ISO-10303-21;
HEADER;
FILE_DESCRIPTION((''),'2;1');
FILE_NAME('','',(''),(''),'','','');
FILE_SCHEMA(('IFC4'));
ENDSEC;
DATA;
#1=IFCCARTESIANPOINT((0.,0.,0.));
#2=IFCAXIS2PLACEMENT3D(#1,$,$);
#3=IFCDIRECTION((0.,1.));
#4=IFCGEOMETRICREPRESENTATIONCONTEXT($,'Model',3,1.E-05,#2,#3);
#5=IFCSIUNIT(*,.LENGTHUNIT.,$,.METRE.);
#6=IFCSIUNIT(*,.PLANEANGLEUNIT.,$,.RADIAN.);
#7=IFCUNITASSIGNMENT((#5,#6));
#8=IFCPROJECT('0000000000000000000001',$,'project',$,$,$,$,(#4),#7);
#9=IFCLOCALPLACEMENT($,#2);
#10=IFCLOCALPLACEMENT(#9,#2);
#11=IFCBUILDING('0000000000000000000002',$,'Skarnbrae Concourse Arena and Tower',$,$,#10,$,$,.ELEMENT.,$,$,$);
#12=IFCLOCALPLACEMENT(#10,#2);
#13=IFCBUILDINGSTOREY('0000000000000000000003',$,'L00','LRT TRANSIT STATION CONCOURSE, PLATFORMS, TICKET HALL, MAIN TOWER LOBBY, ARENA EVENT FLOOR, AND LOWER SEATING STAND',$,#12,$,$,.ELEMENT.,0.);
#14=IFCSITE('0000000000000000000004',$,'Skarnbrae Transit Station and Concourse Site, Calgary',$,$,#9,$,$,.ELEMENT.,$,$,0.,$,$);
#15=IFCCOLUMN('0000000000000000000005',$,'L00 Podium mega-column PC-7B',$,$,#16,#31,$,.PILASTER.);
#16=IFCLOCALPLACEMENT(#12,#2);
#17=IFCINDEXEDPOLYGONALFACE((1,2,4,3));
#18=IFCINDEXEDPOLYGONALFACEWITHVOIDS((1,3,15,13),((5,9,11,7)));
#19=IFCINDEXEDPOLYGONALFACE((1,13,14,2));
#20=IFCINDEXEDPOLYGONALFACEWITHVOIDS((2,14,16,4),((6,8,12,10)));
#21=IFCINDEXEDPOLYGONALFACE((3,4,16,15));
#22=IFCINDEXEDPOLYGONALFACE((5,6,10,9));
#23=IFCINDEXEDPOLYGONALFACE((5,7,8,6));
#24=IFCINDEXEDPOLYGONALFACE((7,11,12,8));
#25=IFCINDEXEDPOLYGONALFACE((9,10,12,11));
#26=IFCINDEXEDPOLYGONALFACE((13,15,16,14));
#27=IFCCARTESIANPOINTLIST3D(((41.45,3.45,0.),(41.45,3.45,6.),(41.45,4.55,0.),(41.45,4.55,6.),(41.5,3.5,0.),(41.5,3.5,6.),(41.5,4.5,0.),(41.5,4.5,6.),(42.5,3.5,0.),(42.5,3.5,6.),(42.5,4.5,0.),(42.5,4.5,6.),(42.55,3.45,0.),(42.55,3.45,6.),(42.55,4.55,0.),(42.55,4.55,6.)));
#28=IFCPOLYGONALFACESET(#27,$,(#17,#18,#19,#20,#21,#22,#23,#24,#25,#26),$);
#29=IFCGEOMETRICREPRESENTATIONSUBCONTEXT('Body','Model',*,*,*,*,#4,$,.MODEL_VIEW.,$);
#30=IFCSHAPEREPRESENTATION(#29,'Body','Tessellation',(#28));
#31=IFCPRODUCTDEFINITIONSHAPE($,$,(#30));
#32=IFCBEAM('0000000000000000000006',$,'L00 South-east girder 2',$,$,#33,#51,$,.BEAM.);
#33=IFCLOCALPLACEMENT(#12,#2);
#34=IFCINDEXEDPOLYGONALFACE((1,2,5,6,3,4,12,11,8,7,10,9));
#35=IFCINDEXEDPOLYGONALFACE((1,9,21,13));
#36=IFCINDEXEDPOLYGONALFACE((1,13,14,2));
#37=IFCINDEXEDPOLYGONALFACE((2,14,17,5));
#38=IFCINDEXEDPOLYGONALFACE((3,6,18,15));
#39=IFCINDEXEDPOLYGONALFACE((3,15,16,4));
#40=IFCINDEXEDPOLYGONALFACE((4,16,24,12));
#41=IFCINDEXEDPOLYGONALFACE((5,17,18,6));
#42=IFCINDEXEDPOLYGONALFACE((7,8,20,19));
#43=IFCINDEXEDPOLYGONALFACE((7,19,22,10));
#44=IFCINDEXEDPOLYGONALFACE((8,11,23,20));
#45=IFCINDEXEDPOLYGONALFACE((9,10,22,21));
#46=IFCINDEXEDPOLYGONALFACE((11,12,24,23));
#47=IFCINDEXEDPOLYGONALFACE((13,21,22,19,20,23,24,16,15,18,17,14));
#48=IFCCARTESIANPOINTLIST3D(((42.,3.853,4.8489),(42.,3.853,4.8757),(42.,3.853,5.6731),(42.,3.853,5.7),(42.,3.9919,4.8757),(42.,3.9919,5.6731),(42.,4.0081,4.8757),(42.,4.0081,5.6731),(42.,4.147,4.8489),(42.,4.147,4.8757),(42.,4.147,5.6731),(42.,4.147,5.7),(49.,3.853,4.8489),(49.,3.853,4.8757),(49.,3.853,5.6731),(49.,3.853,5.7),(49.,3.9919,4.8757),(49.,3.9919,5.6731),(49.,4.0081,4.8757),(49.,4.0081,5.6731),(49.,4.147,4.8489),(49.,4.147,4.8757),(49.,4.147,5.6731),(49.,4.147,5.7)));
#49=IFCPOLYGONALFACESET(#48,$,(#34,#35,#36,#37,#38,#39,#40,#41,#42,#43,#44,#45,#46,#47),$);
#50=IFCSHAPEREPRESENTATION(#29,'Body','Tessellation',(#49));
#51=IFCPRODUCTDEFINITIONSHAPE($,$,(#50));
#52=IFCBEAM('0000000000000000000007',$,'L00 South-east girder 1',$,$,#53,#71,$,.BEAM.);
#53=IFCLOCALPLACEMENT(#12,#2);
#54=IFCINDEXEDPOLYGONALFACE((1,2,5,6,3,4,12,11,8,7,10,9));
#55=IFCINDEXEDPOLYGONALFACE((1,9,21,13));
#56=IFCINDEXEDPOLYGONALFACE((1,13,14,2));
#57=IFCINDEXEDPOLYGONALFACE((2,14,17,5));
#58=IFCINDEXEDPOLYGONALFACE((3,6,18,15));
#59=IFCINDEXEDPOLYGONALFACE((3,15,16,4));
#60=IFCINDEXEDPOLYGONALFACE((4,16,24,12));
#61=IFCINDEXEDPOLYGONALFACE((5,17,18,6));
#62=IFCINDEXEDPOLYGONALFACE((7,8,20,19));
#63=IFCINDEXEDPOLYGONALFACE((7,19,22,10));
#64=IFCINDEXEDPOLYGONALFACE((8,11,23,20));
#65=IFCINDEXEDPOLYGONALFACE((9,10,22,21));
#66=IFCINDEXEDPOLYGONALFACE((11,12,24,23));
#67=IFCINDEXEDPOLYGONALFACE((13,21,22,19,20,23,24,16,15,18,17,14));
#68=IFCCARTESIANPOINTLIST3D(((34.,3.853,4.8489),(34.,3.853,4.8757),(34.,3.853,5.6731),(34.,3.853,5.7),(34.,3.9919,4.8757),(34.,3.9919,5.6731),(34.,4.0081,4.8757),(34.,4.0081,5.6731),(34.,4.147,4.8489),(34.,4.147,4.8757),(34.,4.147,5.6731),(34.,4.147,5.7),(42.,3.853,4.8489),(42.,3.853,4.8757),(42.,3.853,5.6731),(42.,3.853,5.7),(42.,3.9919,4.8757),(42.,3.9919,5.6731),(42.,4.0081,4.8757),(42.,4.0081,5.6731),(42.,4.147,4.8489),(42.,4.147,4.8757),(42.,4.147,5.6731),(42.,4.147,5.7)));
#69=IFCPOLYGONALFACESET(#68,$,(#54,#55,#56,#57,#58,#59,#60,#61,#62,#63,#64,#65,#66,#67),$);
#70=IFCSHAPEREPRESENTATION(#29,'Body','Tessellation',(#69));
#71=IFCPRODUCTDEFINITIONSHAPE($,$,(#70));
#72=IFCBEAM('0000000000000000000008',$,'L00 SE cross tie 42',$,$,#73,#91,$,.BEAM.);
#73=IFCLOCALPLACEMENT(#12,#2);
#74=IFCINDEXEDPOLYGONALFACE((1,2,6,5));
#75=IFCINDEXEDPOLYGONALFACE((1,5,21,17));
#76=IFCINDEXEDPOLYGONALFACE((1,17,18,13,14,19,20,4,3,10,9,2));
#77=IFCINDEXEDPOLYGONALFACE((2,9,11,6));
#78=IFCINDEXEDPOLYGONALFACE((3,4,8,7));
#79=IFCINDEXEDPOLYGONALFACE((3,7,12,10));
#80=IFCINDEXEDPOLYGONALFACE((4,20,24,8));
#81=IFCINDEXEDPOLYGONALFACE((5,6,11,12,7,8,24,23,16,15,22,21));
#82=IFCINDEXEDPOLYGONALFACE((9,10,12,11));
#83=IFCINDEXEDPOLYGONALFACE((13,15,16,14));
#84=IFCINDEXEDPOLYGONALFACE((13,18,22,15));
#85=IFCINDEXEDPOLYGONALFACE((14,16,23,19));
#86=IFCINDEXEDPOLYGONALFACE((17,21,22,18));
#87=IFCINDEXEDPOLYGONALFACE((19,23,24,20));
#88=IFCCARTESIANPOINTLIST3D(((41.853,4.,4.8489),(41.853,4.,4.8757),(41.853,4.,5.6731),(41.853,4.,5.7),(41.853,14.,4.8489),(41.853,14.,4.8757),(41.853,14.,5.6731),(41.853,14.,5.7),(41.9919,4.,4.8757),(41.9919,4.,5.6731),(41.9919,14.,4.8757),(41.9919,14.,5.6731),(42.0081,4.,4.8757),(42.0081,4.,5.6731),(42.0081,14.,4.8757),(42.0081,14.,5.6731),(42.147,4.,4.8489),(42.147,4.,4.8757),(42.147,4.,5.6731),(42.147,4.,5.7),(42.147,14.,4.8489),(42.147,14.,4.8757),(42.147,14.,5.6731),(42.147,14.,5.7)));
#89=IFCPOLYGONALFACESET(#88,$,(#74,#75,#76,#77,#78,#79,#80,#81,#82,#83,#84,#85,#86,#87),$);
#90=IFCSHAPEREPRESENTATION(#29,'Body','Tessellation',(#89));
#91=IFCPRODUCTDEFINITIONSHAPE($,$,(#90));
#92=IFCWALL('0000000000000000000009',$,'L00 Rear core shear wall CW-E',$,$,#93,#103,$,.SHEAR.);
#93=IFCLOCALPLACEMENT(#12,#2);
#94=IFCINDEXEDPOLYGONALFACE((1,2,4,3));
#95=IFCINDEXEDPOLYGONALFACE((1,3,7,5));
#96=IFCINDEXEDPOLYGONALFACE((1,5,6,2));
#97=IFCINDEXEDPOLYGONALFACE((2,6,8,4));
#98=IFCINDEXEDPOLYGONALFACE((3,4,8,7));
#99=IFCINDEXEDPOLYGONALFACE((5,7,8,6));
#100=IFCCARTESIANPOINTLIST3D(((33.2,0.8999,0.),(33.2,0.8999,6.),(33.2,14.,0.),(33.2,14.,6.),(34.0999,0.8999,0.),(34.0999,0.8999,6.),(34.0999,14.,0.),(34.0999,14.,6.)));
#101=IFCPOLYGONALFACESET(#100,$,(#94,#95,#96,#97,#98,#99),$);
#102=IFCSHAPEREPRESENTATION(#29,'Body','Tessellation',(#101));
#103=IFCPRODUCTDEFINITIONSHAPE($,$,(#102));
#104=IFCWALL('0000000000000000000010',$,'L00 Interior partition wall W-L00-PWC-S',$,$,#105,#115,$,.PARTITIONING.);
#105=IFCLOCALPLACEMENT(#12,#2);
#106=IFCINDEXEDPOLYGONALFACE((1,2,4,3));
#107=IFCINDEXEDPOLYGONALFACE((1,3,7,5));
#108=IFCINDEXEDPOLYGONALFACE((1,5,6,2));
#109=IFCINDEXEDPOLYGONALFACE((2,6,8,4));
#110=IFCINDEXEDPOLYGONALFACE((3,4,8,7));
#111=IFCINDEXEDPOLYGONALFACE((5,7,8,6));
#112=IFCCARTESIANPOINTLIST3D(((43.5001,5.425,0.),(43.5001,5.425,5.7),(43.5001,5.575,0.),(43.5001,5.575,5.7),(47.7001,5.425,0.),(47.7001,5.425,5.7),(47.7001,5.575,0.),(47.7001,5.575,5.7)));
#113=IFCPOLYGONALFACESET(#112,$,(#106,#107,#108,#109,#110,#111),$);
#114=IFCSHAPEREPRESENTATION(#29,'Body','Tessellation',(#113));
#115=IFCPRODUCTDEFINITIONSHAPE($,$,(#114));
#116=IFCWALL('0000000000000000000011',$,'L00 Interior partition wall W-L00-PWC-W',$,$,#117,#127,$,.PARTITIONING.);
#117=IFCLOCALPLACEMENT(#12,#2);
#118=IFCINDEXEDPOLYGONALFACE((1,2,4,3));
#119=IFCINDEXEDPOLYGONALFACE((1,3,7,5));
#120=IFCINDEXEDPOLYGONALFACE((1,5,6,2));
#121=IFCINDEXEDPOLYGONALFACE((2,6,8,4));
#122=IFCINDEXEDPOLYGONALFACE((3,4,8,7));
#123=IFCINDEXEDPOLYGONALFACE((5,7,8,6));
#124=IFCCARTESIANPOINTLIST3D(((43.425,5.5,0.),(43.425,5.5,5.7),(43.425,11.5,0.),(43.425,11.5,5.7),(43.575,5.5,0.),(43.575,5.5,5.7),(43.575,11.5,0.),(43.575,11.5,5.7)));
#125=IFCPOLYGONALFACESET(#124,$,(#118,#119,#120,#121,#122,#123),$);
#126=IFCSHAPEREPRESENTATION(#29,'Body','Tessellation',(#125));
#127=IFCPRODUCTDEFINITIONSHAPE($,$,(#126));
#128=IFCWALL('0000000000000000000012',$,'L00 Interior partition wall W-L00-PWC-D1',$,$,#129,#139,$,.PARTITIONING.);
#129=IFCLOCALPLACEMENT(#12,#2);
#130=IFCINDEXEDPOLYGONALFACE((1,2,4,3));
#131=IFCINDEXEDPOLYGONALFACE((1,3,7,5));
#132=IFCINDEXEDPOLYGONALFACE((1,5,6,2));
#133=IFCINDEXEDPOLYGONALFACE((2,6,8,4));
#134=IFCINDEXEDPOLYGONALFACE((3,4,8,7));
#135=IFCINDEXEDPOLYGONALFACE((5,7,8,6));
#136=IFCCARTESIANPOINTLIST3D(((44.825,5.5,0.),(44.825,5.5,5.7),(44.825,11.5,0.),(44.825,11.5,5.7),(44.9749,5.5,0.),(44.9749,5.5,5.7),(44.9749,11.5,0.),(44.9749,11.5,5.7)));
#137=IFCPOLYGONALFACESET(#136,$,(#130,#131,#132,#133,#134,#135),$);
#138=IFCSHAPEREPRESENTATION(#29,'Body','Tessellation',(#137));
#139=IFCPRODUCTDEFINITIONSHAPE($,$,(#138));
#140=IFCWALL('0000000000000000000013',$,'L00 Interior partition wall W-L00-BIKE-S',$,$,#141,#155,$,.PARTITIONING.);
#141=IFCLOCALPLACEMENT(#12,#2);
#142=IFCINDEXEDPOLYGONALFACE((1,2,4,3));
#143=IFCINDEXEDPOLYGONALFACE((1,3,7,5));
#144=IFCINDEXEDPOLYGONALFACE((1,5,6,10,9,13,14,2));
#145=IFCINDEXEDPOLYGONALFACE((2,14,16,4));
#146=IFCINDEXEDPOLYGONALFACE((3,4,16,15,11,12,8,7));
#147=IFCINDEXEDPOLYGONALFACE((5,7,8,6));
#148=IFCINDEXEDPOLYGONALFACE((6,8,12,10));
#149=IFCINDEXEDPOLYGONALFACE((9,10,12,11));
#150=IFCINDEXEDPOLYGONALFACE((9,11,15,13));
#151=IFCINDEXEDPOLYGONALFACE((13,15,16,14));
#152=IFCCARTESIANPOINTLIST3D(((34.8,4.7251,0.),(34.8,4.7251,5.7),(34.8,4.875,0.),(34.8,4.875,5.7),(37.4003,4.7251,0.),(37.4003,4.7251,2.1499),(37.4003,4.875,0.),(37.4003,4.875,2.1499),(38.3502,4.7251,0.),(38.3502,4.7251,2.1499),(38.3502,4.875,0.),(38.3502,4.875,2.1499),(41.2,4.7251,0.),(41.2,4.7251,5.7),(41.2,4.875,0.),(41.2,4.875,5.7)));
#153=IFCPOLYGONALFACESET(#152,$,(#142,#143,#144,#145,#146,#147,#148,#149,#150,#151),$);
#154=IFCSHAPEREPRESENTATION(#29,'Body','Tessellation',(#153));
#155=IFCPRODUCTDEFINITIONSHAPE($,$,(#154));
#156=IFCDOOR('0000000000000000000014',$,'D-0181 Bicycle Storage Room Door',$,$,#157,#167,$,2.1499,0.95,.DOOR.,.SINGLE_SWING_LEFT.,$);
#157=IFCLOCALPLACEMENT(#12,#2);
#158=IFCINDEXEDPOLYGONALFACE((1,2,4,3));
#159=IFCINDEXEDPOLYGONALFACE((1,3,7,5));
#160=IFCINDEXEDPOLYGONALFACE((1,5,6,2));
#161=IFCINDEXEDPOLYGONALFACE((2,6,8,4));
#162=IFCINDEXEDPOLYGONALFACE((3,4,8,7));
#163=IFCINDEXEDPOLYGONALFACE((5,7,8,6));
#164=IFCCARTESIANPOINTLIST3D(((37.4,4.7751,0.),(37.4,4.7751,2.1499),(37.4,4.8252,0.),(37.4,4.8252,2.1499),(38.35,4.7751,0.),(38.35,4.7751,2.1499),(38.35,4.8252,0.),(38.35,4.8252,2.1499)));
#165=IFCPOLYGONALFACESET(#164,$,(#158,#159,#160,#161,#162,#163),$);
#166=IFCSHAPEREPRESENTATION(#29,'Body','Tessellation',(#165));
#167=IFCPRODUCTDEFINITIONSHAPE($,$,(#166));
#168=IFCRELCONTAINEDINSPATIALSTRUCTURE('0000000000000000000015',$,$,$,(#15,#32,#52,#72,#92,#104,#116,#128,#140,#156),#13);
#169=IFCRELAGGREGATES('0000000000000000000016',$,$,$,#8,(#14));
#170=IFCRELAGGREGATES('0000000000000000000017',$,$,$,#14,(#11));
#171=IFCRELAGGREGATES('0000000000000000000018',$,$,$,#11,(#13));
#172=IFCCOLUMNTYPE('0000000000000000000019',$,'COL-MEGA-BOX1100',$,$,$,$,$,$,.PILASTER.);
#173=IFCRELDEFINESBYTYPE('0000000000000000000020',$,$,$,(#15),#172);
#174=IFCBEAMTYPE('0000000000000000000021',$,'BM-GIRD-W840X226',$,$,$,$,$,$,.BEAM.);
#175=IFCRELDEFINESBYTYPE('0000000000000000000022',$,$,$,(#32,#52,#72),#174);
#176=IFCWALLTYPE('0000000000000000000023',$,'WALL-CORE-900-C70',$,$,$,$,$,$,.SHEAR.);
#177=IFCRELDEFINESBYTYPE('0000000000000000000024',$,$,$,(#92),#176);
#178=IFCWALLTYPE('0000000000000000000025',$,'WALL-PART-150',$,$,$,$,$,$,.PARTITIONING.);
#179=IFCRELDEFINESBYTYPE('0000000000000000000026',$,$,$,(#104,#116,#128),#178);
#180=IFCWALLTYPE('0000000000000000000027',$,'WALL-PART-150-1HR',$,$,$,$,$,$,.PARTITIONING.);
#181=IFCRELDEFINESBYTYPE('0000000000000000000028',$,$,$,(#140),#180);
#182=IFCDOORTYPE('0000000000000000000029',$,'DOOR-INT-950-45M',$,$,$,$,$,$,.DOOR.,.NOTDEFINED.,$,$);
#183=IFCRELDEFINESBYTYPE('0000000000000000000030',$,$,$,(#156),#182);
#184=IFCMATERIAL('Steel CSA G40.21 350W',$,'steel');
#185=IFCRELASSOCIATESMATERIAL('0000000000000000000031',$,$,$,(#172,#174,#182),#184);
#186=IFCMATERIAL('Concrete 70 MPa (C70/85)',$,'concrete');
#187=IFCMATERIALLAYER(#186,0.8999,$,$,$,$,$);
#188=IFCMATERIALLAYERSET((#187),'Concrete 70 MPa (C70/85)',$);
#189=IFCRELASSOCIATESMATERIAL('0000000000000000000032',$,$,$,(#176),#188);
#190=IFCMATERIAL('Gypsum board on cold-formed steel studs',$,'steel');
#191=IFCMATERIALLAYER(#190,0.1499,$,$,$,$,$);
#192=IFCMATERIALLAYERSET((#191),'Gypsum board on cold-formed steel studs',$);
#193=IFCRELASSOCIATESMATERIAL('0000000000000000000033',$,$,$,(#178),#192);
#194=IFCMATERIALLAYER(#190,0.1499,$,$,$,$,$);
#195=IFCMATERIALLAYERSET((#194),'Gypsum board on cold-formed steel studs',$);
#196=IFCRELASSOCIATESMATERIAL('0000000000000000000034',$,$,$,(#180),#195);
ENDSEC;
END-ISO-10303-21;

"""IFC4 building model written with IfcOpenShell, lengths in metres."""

from ifc_helpers import new_model, si_unit, direction, frame, frame_2d, origin, origin_2d, place, context, subcontext, project, spatial, rectangle, hollow_rectangle, i_section, extrude, source, transform, mapped, material, layer, layer_set, material_profile, profile_set, type_object, element, fill, save


model = new_model("IFC4")

# Units and contexts
model_context = context("Model", 3, precision=1e-05, world=origin(), true_north=direction((0.0, 1.0)))
body_context = subcontext(model_context, "Body", "Model", "MODEL_VIEW")
ifc_project = project(units=[si_unit("LENGTHUNIT", "METRE"), si_unit("PLANEANGLEUNIT", "RADIAN")], contexts=[model_context])

# Site, building, storey
site_placement = place(None, origin())
site = spatial("IfcSite", under=ifc_project, at=site_placement, Name="Skarnbrae Transit Station and Concourse Site, Calgary", CompositionType="ELEMENT", RefElevation=0.0)
building_placement = place(site_placement, origin())
building = spatial("IfcBuilding", under=site, at=building_placement, Name="Skarnbrae Concourse Arena and Tower", CompositionType="ELEMENT")
storey_placement = place(building_placement, origin())
storey = spatial("IfcBuildingStorey", under=building, at=storey_placement, Name="L00", Description="LRT TRANSIT STATION CONCOURSE, PLATFORMS, TICKET HALL, MAIN TOWER LOBBY, ARENA EVENT FLOOR, AND LOWER SEATING STAND", CompositionType="ELEMENT", Elevation=0.0)

# Column
ifc_material_1 = material(Name="Steel CSA G40.21 350W", Category="steel")
ifc_material_profile_1 = material_profile(ifc_material_1, hollow_rectangle(XDim=1.1001, YDim=1.1001, WallThickness=0.05, at=origin_2d()), Name="BOX1100X1100X50")
ifc_profile_set_1 = profile_set([ifc_material_profile_1], Name="Steel CSA G40.21 350W")
column_type = type_object("IfcColumnType", Name="COL-MEGA-BOX1100", PredefinedType="PILASTER", material=ifc_profile_set_1)
shared_shape_1 = source(origin(), body_context, "Body", "SweptSolid", [
    extrude(hollow_rectangle(XDim=1.1001, YDim=1.1001, WallThickness=0.05, at=origin_2d()), origin(), (0.0, 0.0, 1.0), 6.0),
])
column_placement = place(storey_placement, frame((42.0, 4.0, 0.0), z_axis=(0.0, 0.0, 1.0), x_axis=(1.0, 0.0, 0.0)))
element("IfcColumn", 1, at=column_placement, inside=storey, type_object=column_type, Name="L00 Podium mega-column PC-7B", PredefinedType="PILASTER", context=body_context, shape_type="MappedRepresentation", body=[
    mapped(shared_shape_1, transform((0.0, 0.0, 0.0))),
])

# Beams
ifc_material_profile_2 = material_profile(ifc_material_1, i_section(OverallWidth=0.2939, OverallDepth=0.8511, WebThickness=0.0161, FlangeThickness=0.0269, at=origin_2d()), Name="W840X226")
ifc_profile_set_2 = profile_set([ifc_material_profile_2], Name="Steel CSA G40.21 350W")
beam_type = type_object("IfcBeamType", Name="BM-GIRD-W840X226", PredefinedType="BEAM", material=ifc_profile_set_2)
shared_shape_2 = source(origin(), body_context, "Body", "SweptSolid", [
    extrude(i_section(OverallWidth=0.2939, OverallDepth=0.8511, WebThickness=0.0161, FlangeThickness=0.0269, at=origin_2d()), origin(), (0.0, 0.0, 1.0), 7.0),
])
beam_1_placement = place(storey_placement, frame((42.0, 4.0, 5.2744), z_axis=(1.0, 0.0, 0.0), x_axis=(0.0, 1.0, 0.0)))
element("IfcBeam", 2, at=beam_1_placement, inside=storey, type_object=beam_type, Name="L00 South-east girder 2", PredefinedType="BEAM", context=body_context, shape_type="MappedRepresentation", body=[
    mapped(shared_shape_2, transform((0.0, 0.0, 0.0))),
])
shared_shape_3 = source(origin(), body_context, "Body", "SweptSolid", [
    extrude(i_section(OverallWidth=0.2939, OverallDepth=0.8511, WebThickness=0.0161, FlangeThickness=0.0269, at=origin_2d()), origin(), (0.0, 0.0, 1.0), 8.0),
])
beam_2_placement = place(storey_placement, frame((34.0, 4.0, 5.2744), z_axis=(1.0, 0.0, 0.0), x_axis=(0.0, 1.0, 0.0)))
element("IfcBeam", 3, at=beam_2_placement, inside=storey, type_object=beam_type, Name="L00 South-east girder 1", PredefinedType="BEAM", context=body_context, shape_type="MappedRepresentation", body=[
    mapped(shared_shape_3, transform((0.0, 0.0, 0.0))),
])
shared_shape_4 = source(origin(), body_context, "Body", "SweptSolid", [
    extrude(i_section(OverallWidth=0.2939, OverallDepth=0.8511, WebThickness=0.0161, FlangeThickness=0.0269, at=origin_2d()), origin(), (0.0, 0.0, 1.0), 10.0),
])
beam_3_placement = place(storey_placement, frame((42.0, 4.0, 5.2744), z_axis=(0.0, 1.0, 0.0), x_axis=(-1.0, 0.0, 0.0)))
element("IfcBeam", 4, at=beam_3_placement, inside=storey, type_object=beam_type, Name="L00 SE cross tie 42", PredefinedType="BEAM", context=body_context, shape_type="MappedRepresentation", body=[
    mapped(shared_shape_4, transform((0.0, 0.0, 0.0))),
])

# Wall
ifc_material_2 = material(Name="Concrete 70 MPa (C70/85)", Category="concrete")
ifc_layer_1 = layer(ifc_material_2, 0.8999)
ifc_layer_set_1 = layer_set([ifc_layer_1], Name="Concrete 70 MPa (C70/85)")
wall_type_1 = type_object("IfcWallType", Name="WALL-CORE-900-C70", PredefinedType="SHEAR", material=ifc_layer_set_1)
shared_shape_5 = source(origin(), body_context, "Body", "SweptSolid", [
    extrude(rectangle(XDim=13.1001, YDim=0.8999, at=frame_2d((6.55, 0.0))), origin(), (0.0, 0.0, 1.0), 6.0),
])
wall_1_placement = place(storey_placement, frame((33.6499, 0.8999, 0.0), z_axis=(0.0, 0.0, 1.0), x_axis=(0.0, 1.0, 0.0)))
element("IfcWall", 5, at=wall_1_placement, inside=storey, type_object=wall_type_1, Name="L00 Rear core shear wall CW-E", PredefinedType="SHEAR", context=body_context, shape_type="MappedRepresentation", body=[
    mapped(shared_shape_5, transform((0.0, 0.0, 0.0))),
])

# Walls
ifc_material_3 = material(Name="Gypsum board on cold-formed steel studs", Category="steel")
ifc_layer_2 = layer(ifc_material_3, 0.1499)
ifc_layer_set_2 = layer_set([ifc_layer_2], Name="Gypsum board on cold-formed steel studs")
wall_type_2 = type_object("IfcWallType", Name="WALL-PART-150", PredefinedType="PARTITIONING", material=ifc_layer_set_2)
shared_shape_6 = source(origin(), body_context, "Body", "SweptSolid", [
    extrude(rectangle(XDim=4.2, YDim=0.1499, at=frame_2d((2.1001, 0.0))), origin(), (0.0, 0.0, 1.0), 5.7),
])
wall_2_placement = place(storey_placement, frame((43.5, 5.5, 0.0), z_axis=(0.0, 0.0, 1.0), x_axis=(1.0, 0.0, 0.0)))
element("IfcWall", 6, at=wall_2_placement, inside=storey, type_object=wall_type_2, Name="L00 Interior partition wall W-L00-PWC-S", PredefinedType="PARTITIONING", context=body_context, shape_type="MappedRepresentation", body=[
    mapped(shared_shape_6, transform((0.0, 0.0, 0.0))),
])
shared_shape_7 = source(origin(), body_context, "Body", "SweptSolid", [
    extrude(rectangle(XDim=6.0, YDim=0.1499, at=frame_2d((3.0, 0.0))), origin(), (0.0, 0.0, 1.0), 5.7),
])
for number, where, z_axis, x_axis, name in (
    (7, (43.5, 5.5, 0.0), (0.0, 0.0, 1.0), (0.0, 1.0, 0.0), "L00 Interior partition wall W-L00-PWC-W"),
    (8, (44.8999, 5.5, 0.0), (0.0, 0.0, 1.0), (0.0, 1.0, 0.0), "L00 Interior partition wall W-L00-PWC-D1"),
):
    element("IfcWall", number, at=place(storey_placement, frame(where, z_axis=z_axis, x_axis=x_axis)), inside=storey, type_object=wall_type_2, Name=name, PredefinedType="PARTITIONING", context=body_context, shape_type="MappedRepresentation", body=[
        mapped(shared_shape_7, transform((0.0, 0.0, 0.0))),
    ])

# Wall, opening, door
ifc_layer_3 = layer(ifc_material_3, 0.1499)
ifc_layer_set_3 = layer_set([ifc_layer_3], Name="Gypsum board on cold-formed steel studs")
wall_type_3 = type_object("IfcWallType", Name="WALL-PART-150-1HR", PredefinedType="PARTITIONING", material=ifc_layer_set_3)
shared_shape_8 = source(origin(), body_context, "Body", "SweptSolid", [
    extrude(rectangle(XDim=6.3999, YDim=0.1499, at=frame_2d((3.2, 0.0))), origin(), (0.0, 0.0, 1.0), 5.7),
])
wall_3_placement = place(storey_placement, frame((34.8, 4.8, 0.0), z_axis=(0.0, 0.0, 1.0), x_axis=(1.0, 0.0, 0.0)))
wall_3 = element("IfcWall", 9, at=wall_3_placement, inside=storey, type_object=wall_type_3, Name="L00 Interior partition wall W-L00-BIKE-S", PredefinedType="PARTITIONING", context=body_context, shape_type="MappedRepresentation", body=[
    mapped(shared_shape_8, transform((0.0, 0.0, 0.0))),
])
opening_1_placement = place(wall_3_placement, frame((2.6001, 0.0, 0.0)))
opening_1 = element("IfcOpeningElement", 10, at=opening_1_placement, cuts=wall_3, PredefinedType="OPENING", context=body_context, shape_type="SweptSolid", body=[
    extrude(rectangle(XDim=0.95, YDim=2.1499, at=frame_2d((0.4751, 1.075))), frame((0.0, 0.085, 0.0), z_axis=(0.0, -1.0, 0.0), x_axis=(1.0, 0.0, 0.0)), (0.0, 0.0, 1.0), 0.1699),
])
door_type_1 = type_object("IfcDoorType", Name="DOOR-INT-950-45M", OperationType="NOTDEFINED", PredefinedType="DOOR", material=ifc_material_1)
shared_shape_9 = source(origin(), body_context, "Body", "SweptSolid", [
    extrude(rectangle(XDim=0.95, YDim=2.1499, at=frame_2d((0.4751, 1.075))), frame((0.0, 0.0249, 0.0), z_axis=(0.0, -1.0, 0.0), x_axis=(1.0, 0.0, 0.0)), (0.0, 0.0, 1.0), 0.05),
])
door_1_placement = place(opening_1_placement, frame((0.95, 0.0, 0.0), z_axis=(0.0, 0.0, 1.0), x_axis=(-1.0, 0.0, 0.0)))
door_1 = element("IfcDoor", 11, at=door_1_placement, inside=storey, type_object=door_type_1, Name="D-0181 Bicycle Storage Room Door", OperationType="SINGLE_SWING_LEFT", OverallHeight=2.1499, OverallWidth=0.95, PredefinedType="DOOR", context=body_context, shape_type="MappedRepresentation", body=[
    mapped(shared_shape_9, transform((0.0, 0.0, 0.0))),
])
fill(opening_1, door_1)

save(model, "model.ifc")
